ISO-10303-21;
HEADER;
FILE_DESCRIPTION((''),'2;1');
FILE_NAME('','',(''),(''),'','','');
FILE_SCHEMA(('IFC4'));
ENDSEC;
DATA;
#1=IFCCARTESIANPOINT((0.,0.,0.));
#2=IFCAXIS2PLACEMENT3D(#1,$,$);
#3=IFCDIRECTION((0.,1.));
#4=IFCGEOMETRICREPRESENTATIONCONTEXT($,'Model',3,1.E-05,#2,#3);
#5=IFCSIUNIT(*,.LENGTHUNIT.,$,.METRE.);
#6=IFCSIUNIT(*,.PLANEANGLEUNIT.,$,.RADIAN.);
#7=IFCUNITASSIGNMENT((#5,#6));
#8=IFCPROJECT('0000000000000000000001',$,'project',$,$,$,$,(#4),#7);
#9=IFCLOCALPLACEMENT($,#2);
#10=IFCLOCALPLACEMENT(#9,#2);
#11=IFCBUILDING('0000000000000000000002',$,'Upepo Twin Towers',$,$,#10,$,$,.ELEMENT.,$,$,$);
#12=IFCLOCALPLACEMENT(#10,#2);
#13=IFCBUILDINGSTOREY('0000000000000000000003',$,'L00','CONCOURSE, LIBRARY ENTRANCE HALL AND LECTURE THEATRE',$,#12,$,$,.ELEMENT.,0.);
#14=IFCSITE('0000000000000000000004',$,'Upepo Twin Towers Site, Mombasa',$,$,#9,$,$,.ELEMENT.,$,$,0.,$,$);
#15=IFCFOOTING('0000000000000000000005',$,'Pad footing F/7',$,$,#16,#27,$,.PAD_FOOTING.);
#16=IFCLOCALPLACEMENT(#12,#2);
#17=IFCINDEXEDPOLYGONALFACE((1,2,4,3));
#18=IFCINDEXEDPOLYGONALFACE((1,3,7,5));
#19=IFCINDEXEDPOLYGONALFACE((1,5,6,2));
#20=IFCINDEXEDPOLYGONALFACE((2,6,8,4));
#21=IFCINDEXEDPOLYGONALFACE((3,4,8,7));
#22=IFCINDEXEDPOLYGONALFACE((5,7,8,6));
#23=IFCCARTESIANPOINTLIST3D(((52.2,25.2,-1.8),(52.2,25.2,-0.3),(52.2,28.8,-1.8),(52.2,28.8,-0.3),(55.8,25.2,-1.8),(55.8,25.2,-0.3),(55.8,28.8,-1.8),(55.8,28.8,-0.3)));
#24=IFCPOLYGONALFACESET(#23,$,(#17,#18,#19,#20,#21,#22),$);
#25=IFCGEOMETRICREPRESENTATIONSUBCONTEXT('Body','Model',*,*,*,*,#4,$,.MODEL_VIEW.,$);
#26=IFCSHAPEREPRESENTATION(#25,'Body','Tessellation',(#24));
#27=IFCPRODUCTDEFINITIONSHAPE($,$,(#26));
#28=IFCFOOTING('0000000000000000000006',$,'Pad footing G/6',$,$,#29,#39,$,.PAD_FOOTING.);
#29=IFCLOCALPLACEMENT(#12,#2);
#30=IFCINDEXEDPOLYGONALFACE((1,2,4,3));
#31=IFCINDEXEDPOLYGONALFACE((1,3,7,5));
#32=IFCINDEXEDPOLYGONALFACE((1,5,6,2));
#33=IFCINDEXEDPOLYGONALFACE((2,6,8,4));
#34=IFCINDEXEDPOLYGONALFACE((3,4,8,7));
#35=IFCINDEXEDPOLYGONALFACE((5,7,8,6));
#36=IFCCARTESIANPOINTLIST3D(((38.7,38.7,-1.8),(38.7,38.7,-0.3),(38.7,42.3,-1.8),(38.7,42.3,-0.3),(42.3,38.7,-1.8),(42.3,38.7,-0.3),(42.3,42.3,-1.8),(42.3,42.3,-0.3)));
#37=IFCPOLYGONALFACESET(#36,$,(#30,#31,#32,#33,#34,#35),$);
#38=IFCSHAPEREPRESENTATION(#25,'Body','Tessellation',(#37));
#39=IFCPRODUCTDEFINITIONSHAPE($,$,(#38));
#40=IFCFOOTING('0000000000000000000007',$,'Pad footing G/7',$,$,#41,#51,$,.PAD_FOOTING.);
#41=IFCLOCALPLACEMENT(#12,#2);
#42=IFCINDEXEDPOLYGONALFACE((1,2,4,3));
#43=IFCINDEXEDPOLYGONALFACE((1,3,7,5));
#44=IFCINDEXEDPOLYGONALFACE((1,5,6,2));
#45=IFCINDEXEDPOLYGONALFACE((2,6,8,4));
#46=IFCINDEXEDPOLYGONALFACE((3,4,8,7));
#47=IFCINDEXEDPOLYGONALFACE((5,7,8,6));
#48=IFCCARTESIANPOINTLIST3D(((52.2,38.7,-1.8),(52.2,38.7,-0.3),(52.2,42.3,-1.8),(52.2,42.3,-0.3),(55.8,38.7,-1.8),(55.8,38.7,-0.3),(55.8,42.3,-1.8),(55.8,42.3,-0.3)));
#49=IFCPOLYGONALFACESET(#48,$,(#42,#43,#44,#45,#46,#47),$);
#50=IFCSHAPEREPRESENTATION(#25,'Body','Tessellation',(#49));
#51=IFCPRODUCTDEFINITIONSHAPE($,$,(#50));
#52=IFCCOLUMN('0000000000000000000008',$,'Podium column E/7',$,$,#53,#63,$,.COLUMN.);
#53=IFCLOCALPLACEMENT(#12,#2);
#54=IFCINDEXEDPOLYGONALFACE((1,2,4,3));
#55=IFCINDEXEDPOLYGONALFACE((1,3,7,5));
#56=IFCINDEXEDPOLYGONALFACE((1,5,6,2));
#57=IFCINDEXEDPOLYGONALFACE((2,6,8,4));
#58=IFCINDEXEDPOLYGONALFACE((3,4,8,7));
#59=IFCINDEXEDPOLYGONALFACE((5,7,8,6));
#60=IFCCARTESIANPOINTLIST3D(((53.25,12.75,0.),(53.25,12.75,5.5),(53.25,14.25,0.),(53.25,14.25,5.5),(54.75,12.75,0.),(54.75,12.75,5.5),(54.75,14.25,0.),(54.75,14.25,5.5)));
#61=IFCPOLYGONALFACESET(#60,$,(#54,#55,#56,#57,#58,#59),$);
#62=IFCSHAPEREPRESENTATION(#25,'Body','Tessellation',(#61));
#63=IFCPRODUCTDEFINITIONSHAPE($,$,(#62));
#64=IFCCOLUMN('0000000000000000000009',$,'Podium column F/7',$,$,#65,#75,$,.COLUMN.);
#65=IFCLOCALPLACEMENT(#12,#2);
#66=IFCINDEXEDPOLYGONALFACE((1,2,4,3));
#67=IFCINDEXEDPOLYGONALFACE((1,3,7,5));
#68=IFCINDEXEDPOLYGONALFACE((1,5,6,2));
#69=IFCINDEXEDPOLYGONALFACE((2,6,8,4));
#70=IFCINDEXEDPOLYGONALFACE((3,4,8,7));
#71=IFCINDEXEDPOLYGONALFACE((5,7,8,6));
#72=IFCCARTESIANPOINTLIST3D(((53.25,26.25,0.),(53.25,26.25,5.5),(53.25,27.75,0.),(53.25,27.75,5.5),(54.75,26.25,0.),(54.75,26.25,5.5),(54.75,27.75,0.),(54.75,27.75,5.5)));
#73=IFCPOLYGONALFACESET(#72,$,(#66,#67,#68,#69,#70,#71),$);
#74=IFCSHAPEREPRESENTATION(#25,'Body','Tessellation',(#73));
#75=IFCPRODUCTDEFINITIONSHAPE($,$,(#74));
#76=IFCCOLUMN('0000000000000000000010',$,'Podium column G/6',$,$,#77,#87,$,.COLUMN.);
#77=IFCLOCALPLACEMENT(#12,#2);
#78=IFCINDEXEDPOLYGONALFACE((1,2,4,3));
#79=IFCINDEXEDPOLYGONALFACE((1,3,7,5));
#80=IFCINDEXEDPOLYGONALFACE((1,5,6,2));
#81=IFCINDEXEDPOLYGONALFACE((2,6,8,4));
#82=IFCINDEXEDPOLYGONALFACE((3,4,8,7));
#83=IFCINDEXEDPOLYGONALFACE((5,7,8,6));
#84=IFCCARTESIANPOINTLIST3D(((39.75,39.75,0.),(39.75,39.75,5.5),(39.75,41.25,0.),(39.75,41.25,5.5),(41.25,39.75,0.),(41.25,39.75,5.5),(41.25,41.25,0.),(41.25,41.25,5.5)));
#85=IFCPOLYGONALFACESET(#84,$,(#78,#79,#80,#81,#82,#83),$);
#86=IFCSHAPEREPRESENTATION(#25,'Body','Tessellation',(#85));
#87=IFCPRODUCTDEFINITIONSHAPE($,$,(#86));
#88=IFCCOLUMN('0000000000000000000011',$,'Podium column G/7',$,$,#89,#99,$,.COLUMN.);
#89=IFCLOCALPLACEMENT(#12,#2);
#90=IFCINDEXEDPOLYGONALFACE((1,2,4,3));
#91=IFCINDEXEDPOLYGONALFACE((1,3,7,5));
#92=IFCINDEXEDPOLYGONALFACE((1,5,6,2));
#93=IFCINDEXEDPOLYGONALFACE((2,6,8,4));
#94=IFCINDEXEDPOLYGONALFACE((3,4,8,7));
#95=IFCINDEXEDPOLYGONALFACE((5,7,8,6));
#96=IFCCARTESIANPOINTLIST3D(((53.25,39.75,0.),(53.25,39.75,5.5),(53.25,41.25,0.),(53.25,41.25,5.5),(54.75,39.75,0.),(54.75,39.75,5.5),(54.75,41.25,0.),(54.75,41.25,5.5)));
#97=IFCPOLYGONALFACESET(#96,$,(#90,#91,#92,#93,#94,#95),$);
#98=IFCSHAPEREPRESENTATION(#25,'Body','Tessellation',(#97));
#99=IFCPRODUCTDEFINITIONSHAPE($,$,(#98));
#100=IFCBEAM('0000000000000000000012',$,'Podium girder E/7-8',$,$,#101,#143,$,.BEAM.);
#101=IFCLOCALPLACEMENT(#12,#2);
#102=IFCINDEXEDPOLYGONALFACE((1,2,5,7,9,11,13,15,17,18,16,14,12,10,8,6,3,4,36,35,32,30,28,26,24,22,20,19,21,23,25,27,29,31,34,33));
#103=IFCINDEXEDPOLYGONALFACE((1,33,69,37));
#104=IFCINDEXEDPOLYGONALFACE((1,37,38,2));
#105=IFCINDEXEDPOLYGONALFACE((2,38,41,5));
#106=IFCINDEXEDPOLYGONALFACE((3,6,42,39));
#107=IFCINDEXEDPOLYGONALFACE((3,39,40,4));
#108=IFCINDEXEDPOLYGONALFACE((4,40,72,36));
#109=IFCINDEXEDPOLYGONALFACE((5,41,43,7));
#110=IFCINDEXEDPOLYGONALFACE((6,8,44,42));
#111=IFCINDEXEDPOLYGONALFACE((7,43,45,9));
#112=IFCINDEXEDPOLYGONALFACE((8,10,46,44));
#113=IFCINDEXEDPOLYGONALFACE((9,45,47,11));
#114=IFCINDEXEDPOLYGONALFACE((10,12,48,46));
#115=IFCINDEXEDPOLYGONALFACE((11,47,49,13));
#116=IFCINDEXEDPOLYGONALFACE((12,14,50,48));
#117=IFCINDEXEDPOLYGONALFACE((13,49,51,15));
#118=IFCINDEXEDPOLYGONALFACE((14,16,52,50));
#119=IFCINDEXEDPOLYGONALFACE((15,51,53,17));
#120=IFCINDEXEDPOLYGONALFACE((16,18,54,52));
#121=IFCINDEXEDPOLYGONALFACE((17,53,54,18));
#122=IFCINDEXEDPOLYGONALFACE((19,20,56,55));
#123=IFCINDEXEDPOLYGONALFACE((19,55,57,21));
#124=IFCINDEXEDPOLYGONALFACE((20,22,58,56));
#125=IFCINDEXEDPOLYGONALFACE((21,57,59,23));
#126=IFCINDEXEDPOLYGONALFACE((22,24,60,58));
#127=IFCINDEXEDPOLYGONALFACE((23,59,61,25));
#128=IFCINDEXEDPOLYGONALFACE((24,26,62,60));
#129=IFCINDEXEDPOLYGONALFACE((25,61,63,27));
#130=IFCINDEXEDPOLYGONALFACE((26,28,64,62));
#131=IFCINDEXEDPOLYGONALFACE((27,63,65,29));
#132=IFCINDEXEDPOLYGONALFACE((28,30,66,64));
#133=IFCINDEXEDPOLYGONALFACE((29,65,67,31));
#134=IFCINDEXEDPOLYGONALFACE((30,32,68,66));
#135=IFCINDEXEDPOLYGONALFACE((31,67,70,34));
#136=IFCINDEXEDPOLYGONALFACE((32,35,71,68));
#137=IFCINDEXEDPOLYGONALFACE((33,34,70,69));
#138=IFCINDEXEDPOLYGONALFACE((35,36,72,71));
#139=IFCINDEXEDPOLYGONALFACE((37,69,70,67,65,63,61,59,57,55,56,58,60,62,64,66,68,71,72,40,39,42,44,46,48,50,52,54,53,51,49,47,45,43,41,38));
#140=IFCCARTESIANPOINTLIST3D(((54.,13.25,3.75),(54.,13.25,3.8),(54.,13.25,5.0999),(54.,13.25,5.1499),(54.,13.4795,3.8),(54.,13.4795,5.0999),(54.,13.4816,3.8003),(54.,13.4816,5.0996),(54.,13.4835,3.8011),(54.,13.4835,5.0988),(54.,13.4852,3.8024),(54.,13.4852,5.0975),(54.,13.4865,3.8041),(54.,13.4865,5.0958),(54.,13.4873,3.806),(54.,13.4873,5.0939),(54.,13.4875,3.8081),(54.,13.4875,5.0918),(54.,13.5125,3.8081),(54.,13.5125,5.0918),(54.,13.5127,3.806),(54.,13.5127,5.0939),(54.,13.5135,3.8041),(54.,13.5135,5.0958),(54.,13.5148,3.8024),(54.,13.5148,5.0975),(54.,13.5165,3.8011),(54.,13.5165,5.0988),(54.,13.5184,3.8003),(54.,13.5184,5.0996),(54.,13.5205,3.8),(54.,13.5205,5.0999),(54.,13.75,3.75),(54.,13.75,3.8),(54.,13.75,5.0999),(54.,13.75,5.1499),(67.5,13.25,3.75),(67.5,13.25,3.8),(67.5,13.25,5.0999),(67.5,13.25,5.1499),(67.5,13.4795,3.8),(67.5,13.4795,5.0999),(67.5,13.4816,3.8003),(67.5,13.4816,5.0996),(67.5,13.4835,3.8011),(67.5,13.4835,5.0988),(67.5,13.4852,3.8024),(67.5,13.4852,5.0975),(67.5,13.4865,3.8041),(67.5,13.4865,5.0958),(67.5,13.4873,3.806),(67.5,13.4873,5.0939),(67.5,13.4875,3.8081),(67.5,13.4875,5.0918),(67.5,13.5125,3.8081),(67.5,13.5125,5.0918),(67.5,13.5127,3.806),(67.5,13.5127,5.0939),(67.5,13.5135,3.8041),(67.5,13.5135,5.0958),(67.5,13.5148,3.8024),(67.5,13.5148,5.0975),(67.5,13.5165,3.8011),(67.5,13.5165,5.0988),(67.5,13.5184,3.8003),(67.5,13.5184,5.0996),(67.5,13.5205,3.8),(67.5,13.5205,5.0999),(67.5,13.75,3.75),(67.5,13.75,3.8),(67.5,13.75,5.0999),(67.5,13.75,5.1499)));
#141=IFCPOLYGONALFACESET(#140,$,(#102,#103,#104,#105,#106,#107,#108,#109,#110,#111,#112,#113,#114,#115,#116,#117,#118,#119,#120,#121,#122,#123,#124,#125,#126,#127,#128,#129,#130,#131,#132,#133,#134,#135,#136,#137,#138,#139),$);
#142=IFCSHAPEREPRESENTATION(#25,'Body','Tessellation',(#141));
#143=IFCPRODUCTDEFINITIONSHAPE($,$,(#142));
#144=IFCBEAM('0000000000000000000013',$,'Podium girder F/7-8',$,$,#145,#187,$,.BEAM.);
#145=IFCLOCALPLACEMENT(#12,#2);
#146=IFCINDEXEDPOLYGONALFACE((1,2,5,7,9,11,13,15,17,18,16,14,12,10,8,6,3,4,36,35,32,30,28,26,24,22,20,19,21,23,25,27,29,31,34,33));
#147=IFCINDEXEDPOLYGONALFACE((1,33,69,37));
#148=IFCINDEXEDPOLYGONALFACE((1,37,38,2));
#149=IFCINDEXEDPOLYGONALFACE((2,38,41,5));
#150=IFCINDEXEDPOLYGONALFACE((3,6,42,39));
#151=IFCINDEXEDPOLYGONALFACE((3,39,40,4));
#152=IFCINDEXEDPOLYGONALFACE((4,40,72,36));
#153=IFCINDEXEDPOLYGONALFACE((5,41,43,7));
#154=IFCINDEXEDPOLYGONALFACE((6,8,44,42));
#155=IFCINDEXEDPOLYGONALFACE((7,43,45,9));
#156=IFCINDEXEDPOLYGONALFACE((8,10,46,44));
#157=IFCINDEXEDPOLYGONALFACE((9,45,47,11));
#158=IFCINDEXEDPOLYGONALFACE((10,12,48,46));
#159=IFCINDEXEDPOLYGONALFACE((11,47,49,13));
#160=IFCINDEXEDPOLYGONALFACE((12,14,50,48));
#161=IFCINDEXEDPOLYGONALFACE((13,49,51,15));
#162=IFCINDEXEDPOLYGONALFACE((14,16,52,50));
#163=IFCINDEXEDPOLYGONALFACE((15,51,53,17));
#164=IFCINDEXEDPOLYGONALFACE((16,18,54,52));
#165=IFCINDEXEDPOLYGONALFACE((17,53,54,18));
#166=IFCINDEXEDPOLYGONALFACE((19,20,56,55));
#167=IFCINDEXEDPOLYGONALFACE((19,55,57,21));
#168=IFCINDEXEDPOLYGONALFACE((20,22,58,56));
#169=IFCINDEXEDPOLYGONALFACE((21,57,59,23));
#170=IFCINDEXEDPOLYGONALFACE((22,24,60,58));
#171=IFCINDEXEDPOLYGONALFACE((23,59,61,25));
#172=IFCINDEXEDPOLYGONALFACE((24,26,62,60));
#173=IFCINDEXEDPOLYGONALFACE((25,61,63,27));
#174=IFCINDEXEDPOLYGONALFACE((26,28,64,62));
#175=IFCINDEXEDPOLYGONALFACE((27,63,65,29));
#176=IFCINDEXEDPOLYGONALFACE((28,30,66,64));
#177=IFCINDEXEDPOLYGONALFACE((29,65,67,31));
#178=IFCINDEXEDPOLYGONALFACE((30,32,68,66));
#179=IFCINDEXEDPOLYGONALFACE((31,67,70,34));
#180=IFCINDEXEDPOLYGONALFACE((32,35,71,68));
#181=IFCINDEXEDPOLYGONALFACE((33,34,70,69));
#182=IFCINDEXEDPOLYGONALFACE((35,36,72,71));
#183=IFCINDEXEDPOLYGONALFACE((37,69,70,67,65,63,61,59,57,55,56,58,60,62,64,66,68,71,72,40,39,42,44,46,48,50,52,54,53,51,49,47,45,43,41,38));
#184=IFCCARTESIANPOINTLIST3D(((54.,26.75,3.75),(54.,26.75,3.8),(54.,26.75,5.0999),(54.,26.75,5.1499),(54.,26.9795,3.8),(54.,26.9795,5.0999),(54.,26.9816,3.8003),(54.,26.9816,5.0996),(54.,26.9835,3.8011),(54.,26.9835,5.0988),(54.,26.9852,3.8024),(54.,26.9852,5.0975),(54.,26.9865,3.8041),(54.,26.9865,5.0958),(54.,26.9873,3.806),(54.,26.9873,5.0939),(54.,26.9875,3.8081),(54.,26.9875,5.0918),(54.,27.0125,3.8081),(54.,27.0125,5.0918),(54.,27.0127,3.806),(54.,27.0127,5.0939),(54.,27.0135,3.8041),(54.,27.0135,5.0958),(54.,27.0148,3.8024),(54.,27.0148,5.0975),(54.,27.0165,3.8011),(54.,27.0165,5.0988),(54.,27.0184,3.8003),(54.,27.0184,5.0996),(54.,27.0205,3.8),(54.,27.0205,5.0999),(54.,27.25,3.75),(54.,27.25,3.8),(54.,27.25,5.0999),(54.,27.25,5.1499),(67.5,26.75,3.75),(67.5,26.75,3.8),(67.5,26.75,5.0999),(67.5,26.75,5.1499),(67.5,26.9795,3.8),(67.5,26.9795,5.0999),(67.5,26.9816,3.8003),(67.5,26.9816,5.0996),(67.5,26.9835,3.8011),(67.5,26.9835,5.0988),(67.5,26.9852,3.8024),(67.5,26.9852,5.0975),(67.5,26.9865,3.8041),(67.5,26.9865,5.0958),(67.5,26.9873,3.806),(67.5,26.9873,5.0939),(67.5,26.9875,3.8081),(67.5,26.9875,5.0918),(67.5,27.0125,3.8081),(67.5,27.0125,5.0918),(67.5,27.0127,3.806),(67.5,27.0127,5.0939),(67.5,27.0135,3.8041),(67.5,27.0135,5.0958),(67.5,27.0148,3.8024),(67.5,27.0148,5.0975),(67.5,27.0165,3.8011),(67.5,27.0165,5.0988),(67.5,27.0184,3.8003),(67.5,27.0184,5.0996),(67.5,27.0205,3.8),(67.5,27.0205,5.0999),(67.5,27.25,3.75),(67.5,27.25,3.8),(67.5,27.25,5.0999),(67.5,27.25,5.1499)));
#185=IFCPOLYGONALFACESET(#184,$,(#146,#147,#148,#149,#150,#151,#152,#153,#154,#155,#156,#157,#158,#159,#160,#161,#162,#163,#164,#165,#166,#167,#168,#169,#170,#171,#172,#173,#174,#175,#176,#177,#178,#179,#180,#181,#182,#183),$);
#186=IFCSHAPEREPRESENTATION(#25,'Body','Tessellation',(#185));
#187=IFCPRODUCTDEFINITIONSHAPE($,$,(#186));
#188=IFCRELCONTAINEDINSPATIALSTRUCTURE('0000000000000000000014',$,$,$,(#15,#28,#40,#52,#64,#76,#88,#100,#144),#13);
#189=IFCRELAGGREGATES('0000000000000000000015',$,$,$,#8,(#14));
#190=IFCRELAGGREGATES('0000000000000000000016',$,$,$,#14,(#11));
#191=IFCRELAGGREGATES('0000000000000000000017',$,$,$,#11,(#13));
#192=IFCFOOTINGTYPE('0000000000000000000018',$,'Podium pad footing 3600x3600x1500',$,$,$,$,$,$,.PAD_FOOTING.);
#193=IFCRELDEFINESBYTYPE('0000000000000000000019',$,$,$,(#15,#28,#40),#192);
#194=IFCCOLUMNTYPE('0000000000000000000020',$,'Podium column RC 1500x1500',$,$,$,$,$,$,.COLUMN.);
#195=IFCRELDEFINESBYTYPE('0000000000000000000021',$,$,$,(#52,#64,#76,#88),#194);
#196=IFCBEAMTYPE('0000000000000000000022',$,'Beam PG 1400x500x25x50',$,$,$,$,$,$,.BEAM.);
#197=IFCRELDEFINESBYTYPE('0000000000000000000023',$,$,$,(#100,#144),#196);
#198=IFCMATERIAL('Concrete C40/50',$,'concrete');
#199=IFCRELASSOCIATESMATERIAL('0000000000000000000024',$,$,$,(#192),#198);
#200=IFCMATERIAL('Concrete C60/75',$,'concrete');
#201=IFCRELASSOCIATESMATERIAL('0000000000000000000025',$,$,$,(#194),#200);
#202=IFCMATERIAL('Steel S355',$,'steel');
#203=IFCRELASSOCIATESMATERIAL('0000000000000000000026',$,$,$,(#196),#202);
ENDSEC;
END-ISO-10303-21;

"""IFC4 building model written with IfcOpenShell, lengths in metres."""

from ifc_helpers import new_model, si_unit, direction, frame, origin, origin_2d, place, context, subcontext, project, spatial, rectangle, i_section, extrude, material, material_profile, profile_set, type_object, element, save


model = new_model("IFC4")

# Units and contexts
model_context = context("Model", 3, precision=1e-05, world=origin(), true_north=direction((0.0, 1.0)))
body_context = subcontext(model_context, "Body", "Model", "MODEL_VIEW")
ifc_project = project(units=[si_unit("LENGTHUNIT", "METRE"), si_unit("PLANEANGLEUNIT", "RADIAN")], contexts=[model_context])

# Site, building, storey
site_placement = place(None, origin())
site = spatial("IfcSite", under=ifc_project, at=site_placement, Name="Upepo Twin Towers Site, Mombasa", CompositionType="ELEMENT", RefElevation=0.0)
building_placement = place(site_placement, origin())
building = spatial("IfcBuilding", under=site, at=building_placement, Name="Upepo Twin Towers", CompositionType="ELEMENT")
storey_placement = place(building_placement, origin())
storey = spatial("IfcBuildingStorey", under=building, at=storey_placement, Name="L00", Description="CONCOURSE, LIBRARY ENTRANCE HALL AND LECTURE THEATRE", CompositionType="ELEMENT", Elevation=0.0)

# Footings
ifc_material_1 = material(Name="Concrete C40/50", Category="concrete")
footing_type = type_object("IfcFootingType", Name="Podium pad footing 3600x3600x1500", PredefinedType="PAD_FOOTING", material=ifc_material_1)
for number, where, z_axis, x_axis, name in (
    (1, (54.0, 27.0, -1.8), (0.0, 0.0, 1.0), (1.0, 0.0, 0.0), "Pad footing F/7"),
    (2, (40.5, 40.5, -1.8), (0.0, 0.0, 1.0), (1.0, 0.0, 0.0), "Pad footing G/6"),
    (3, (54.0, 40.5, -1.8), (0.0, 0.0, 1.0), (1.0, 0.0, 0.0), "Pad footing G/7"),
):
    element("IfcFooting", number, at=place(storey_placement, frame(where, z_axis=z_axis, x_axis=x_axis)), inside=storey, type_object=footing_type, Name=name, PredefinedType="PAD_FOOTING", context=body_context, shape_type="SweptSolid", body=[
        extrude(rectangle(XDim=3.6001, YDim=3.6001, at=origin_2d()), origin(), (0.0, 0.0, 1.0), 1.5),
    ])

# Columns
ifc_material_2 = material(Name="Concrete C60/75", Category="concrete")
ifc_material_profile_1 = material_profile(ifc_material_2, rectangle(XDim=1.5, YDim=1.5, at=origin_2d()), Name="RC 1500x1500")
ifc_profile_set_1 = profile_set([ifc_material_profile_1], Name="Concrete C60/75")
column_type = type_object("IfcColumnType", Name="Podium column RC 1500x1500", PredefinedType="COLUMN", material=ifc_profile_set_1)
for number, where, z_axis, x_axis, name in (
    (4, (54.0, 13.5, 0.0), (0.0, 0.0, 1.0), (1.0, 0.0, 0.0), "Podium column E/7"),
    (5, (54.0, 27.0, 0.0), (0.0, 0.0, 1.0), (1.0, 0.0, 0.0), "Podium column F/7"),
    (6, (40.5, 40.5, 0.0), (0.0, 0.0, 1.0), (1.0, 0.0, 0.0), "Podium column G/6"),
    (7, (54.0, 40.5, 0.0), (0.0, 0.0, 1.0), (1.0, 0.0, 0.0), "Podium column G/7"),
):
    element("IfcColumn", number, at=place(storey_placement, frame(where, z_axis=z_axis, x_axis=x_axis)), inside=storey, type_object=column_type, Name=name, PredefinedType="COLUMN", context=body_context, shape_type="SweptSolid", body=[
        extrude(rectangle(XDim=1.5, YDim=1.5, at=origin_2d()), origin(), (0.0, 0.0, 1.0), 5.5),
    ])

# Beams
ifc_material_3 = material(Name="Steel S355", Category="steel")
ifc_material_profile_2 = material_profile(ifc_material_3, i_section(OverallWidth=0.5, OverallDepth=1.3999, WebThickness=0.0249, FlangeThickness=0.05, FilletRadius=0.0081, at=origin_2d()), Name="PG 1400x500x25x50")
ifc_profile_set_2 = profile_set([ifc_material_profile_2], Name="Steel S355")
beam_type_1 = type_object("IfcBeamType", Name="Beam PG 1400x500x25x50", PredefinedType="BEAM", material=ifc_profile_set_2)
for number, where, z_axis, x_axis, name in (
    (8, (54.0, 13.5, 4.45), (1.0, 0.0, 0.0), (0.0, 1.0, 0.0), "Podium girder E/7-8"),
    (9, (54.0, 27.0, 4.45), (1.0, 0.0, 0.0), (0.0, 1.0, 0.0), "Podium girder F/7-8"),
):
    element("IfcBeam", number, at=place(storey_placement, frame(where, z_axis=z_axis, x_axis=x_axis)), inside=storey, type_object=beam_type_1, Name=name, PredefinedType="BEAM", context=body_context, shape_type="SweptSolid", body=[
        extrude(i_section(OverallWidth=0.5, OverallDepth=1.3999, WebThickness=0.0249, FlangeThickness=0.05, FilletRadius=0.0081, at=origin_2d()), origin(), (0.0, 0.0, 1.0), 13.5),
    ])

save(model, "model.ifc")
